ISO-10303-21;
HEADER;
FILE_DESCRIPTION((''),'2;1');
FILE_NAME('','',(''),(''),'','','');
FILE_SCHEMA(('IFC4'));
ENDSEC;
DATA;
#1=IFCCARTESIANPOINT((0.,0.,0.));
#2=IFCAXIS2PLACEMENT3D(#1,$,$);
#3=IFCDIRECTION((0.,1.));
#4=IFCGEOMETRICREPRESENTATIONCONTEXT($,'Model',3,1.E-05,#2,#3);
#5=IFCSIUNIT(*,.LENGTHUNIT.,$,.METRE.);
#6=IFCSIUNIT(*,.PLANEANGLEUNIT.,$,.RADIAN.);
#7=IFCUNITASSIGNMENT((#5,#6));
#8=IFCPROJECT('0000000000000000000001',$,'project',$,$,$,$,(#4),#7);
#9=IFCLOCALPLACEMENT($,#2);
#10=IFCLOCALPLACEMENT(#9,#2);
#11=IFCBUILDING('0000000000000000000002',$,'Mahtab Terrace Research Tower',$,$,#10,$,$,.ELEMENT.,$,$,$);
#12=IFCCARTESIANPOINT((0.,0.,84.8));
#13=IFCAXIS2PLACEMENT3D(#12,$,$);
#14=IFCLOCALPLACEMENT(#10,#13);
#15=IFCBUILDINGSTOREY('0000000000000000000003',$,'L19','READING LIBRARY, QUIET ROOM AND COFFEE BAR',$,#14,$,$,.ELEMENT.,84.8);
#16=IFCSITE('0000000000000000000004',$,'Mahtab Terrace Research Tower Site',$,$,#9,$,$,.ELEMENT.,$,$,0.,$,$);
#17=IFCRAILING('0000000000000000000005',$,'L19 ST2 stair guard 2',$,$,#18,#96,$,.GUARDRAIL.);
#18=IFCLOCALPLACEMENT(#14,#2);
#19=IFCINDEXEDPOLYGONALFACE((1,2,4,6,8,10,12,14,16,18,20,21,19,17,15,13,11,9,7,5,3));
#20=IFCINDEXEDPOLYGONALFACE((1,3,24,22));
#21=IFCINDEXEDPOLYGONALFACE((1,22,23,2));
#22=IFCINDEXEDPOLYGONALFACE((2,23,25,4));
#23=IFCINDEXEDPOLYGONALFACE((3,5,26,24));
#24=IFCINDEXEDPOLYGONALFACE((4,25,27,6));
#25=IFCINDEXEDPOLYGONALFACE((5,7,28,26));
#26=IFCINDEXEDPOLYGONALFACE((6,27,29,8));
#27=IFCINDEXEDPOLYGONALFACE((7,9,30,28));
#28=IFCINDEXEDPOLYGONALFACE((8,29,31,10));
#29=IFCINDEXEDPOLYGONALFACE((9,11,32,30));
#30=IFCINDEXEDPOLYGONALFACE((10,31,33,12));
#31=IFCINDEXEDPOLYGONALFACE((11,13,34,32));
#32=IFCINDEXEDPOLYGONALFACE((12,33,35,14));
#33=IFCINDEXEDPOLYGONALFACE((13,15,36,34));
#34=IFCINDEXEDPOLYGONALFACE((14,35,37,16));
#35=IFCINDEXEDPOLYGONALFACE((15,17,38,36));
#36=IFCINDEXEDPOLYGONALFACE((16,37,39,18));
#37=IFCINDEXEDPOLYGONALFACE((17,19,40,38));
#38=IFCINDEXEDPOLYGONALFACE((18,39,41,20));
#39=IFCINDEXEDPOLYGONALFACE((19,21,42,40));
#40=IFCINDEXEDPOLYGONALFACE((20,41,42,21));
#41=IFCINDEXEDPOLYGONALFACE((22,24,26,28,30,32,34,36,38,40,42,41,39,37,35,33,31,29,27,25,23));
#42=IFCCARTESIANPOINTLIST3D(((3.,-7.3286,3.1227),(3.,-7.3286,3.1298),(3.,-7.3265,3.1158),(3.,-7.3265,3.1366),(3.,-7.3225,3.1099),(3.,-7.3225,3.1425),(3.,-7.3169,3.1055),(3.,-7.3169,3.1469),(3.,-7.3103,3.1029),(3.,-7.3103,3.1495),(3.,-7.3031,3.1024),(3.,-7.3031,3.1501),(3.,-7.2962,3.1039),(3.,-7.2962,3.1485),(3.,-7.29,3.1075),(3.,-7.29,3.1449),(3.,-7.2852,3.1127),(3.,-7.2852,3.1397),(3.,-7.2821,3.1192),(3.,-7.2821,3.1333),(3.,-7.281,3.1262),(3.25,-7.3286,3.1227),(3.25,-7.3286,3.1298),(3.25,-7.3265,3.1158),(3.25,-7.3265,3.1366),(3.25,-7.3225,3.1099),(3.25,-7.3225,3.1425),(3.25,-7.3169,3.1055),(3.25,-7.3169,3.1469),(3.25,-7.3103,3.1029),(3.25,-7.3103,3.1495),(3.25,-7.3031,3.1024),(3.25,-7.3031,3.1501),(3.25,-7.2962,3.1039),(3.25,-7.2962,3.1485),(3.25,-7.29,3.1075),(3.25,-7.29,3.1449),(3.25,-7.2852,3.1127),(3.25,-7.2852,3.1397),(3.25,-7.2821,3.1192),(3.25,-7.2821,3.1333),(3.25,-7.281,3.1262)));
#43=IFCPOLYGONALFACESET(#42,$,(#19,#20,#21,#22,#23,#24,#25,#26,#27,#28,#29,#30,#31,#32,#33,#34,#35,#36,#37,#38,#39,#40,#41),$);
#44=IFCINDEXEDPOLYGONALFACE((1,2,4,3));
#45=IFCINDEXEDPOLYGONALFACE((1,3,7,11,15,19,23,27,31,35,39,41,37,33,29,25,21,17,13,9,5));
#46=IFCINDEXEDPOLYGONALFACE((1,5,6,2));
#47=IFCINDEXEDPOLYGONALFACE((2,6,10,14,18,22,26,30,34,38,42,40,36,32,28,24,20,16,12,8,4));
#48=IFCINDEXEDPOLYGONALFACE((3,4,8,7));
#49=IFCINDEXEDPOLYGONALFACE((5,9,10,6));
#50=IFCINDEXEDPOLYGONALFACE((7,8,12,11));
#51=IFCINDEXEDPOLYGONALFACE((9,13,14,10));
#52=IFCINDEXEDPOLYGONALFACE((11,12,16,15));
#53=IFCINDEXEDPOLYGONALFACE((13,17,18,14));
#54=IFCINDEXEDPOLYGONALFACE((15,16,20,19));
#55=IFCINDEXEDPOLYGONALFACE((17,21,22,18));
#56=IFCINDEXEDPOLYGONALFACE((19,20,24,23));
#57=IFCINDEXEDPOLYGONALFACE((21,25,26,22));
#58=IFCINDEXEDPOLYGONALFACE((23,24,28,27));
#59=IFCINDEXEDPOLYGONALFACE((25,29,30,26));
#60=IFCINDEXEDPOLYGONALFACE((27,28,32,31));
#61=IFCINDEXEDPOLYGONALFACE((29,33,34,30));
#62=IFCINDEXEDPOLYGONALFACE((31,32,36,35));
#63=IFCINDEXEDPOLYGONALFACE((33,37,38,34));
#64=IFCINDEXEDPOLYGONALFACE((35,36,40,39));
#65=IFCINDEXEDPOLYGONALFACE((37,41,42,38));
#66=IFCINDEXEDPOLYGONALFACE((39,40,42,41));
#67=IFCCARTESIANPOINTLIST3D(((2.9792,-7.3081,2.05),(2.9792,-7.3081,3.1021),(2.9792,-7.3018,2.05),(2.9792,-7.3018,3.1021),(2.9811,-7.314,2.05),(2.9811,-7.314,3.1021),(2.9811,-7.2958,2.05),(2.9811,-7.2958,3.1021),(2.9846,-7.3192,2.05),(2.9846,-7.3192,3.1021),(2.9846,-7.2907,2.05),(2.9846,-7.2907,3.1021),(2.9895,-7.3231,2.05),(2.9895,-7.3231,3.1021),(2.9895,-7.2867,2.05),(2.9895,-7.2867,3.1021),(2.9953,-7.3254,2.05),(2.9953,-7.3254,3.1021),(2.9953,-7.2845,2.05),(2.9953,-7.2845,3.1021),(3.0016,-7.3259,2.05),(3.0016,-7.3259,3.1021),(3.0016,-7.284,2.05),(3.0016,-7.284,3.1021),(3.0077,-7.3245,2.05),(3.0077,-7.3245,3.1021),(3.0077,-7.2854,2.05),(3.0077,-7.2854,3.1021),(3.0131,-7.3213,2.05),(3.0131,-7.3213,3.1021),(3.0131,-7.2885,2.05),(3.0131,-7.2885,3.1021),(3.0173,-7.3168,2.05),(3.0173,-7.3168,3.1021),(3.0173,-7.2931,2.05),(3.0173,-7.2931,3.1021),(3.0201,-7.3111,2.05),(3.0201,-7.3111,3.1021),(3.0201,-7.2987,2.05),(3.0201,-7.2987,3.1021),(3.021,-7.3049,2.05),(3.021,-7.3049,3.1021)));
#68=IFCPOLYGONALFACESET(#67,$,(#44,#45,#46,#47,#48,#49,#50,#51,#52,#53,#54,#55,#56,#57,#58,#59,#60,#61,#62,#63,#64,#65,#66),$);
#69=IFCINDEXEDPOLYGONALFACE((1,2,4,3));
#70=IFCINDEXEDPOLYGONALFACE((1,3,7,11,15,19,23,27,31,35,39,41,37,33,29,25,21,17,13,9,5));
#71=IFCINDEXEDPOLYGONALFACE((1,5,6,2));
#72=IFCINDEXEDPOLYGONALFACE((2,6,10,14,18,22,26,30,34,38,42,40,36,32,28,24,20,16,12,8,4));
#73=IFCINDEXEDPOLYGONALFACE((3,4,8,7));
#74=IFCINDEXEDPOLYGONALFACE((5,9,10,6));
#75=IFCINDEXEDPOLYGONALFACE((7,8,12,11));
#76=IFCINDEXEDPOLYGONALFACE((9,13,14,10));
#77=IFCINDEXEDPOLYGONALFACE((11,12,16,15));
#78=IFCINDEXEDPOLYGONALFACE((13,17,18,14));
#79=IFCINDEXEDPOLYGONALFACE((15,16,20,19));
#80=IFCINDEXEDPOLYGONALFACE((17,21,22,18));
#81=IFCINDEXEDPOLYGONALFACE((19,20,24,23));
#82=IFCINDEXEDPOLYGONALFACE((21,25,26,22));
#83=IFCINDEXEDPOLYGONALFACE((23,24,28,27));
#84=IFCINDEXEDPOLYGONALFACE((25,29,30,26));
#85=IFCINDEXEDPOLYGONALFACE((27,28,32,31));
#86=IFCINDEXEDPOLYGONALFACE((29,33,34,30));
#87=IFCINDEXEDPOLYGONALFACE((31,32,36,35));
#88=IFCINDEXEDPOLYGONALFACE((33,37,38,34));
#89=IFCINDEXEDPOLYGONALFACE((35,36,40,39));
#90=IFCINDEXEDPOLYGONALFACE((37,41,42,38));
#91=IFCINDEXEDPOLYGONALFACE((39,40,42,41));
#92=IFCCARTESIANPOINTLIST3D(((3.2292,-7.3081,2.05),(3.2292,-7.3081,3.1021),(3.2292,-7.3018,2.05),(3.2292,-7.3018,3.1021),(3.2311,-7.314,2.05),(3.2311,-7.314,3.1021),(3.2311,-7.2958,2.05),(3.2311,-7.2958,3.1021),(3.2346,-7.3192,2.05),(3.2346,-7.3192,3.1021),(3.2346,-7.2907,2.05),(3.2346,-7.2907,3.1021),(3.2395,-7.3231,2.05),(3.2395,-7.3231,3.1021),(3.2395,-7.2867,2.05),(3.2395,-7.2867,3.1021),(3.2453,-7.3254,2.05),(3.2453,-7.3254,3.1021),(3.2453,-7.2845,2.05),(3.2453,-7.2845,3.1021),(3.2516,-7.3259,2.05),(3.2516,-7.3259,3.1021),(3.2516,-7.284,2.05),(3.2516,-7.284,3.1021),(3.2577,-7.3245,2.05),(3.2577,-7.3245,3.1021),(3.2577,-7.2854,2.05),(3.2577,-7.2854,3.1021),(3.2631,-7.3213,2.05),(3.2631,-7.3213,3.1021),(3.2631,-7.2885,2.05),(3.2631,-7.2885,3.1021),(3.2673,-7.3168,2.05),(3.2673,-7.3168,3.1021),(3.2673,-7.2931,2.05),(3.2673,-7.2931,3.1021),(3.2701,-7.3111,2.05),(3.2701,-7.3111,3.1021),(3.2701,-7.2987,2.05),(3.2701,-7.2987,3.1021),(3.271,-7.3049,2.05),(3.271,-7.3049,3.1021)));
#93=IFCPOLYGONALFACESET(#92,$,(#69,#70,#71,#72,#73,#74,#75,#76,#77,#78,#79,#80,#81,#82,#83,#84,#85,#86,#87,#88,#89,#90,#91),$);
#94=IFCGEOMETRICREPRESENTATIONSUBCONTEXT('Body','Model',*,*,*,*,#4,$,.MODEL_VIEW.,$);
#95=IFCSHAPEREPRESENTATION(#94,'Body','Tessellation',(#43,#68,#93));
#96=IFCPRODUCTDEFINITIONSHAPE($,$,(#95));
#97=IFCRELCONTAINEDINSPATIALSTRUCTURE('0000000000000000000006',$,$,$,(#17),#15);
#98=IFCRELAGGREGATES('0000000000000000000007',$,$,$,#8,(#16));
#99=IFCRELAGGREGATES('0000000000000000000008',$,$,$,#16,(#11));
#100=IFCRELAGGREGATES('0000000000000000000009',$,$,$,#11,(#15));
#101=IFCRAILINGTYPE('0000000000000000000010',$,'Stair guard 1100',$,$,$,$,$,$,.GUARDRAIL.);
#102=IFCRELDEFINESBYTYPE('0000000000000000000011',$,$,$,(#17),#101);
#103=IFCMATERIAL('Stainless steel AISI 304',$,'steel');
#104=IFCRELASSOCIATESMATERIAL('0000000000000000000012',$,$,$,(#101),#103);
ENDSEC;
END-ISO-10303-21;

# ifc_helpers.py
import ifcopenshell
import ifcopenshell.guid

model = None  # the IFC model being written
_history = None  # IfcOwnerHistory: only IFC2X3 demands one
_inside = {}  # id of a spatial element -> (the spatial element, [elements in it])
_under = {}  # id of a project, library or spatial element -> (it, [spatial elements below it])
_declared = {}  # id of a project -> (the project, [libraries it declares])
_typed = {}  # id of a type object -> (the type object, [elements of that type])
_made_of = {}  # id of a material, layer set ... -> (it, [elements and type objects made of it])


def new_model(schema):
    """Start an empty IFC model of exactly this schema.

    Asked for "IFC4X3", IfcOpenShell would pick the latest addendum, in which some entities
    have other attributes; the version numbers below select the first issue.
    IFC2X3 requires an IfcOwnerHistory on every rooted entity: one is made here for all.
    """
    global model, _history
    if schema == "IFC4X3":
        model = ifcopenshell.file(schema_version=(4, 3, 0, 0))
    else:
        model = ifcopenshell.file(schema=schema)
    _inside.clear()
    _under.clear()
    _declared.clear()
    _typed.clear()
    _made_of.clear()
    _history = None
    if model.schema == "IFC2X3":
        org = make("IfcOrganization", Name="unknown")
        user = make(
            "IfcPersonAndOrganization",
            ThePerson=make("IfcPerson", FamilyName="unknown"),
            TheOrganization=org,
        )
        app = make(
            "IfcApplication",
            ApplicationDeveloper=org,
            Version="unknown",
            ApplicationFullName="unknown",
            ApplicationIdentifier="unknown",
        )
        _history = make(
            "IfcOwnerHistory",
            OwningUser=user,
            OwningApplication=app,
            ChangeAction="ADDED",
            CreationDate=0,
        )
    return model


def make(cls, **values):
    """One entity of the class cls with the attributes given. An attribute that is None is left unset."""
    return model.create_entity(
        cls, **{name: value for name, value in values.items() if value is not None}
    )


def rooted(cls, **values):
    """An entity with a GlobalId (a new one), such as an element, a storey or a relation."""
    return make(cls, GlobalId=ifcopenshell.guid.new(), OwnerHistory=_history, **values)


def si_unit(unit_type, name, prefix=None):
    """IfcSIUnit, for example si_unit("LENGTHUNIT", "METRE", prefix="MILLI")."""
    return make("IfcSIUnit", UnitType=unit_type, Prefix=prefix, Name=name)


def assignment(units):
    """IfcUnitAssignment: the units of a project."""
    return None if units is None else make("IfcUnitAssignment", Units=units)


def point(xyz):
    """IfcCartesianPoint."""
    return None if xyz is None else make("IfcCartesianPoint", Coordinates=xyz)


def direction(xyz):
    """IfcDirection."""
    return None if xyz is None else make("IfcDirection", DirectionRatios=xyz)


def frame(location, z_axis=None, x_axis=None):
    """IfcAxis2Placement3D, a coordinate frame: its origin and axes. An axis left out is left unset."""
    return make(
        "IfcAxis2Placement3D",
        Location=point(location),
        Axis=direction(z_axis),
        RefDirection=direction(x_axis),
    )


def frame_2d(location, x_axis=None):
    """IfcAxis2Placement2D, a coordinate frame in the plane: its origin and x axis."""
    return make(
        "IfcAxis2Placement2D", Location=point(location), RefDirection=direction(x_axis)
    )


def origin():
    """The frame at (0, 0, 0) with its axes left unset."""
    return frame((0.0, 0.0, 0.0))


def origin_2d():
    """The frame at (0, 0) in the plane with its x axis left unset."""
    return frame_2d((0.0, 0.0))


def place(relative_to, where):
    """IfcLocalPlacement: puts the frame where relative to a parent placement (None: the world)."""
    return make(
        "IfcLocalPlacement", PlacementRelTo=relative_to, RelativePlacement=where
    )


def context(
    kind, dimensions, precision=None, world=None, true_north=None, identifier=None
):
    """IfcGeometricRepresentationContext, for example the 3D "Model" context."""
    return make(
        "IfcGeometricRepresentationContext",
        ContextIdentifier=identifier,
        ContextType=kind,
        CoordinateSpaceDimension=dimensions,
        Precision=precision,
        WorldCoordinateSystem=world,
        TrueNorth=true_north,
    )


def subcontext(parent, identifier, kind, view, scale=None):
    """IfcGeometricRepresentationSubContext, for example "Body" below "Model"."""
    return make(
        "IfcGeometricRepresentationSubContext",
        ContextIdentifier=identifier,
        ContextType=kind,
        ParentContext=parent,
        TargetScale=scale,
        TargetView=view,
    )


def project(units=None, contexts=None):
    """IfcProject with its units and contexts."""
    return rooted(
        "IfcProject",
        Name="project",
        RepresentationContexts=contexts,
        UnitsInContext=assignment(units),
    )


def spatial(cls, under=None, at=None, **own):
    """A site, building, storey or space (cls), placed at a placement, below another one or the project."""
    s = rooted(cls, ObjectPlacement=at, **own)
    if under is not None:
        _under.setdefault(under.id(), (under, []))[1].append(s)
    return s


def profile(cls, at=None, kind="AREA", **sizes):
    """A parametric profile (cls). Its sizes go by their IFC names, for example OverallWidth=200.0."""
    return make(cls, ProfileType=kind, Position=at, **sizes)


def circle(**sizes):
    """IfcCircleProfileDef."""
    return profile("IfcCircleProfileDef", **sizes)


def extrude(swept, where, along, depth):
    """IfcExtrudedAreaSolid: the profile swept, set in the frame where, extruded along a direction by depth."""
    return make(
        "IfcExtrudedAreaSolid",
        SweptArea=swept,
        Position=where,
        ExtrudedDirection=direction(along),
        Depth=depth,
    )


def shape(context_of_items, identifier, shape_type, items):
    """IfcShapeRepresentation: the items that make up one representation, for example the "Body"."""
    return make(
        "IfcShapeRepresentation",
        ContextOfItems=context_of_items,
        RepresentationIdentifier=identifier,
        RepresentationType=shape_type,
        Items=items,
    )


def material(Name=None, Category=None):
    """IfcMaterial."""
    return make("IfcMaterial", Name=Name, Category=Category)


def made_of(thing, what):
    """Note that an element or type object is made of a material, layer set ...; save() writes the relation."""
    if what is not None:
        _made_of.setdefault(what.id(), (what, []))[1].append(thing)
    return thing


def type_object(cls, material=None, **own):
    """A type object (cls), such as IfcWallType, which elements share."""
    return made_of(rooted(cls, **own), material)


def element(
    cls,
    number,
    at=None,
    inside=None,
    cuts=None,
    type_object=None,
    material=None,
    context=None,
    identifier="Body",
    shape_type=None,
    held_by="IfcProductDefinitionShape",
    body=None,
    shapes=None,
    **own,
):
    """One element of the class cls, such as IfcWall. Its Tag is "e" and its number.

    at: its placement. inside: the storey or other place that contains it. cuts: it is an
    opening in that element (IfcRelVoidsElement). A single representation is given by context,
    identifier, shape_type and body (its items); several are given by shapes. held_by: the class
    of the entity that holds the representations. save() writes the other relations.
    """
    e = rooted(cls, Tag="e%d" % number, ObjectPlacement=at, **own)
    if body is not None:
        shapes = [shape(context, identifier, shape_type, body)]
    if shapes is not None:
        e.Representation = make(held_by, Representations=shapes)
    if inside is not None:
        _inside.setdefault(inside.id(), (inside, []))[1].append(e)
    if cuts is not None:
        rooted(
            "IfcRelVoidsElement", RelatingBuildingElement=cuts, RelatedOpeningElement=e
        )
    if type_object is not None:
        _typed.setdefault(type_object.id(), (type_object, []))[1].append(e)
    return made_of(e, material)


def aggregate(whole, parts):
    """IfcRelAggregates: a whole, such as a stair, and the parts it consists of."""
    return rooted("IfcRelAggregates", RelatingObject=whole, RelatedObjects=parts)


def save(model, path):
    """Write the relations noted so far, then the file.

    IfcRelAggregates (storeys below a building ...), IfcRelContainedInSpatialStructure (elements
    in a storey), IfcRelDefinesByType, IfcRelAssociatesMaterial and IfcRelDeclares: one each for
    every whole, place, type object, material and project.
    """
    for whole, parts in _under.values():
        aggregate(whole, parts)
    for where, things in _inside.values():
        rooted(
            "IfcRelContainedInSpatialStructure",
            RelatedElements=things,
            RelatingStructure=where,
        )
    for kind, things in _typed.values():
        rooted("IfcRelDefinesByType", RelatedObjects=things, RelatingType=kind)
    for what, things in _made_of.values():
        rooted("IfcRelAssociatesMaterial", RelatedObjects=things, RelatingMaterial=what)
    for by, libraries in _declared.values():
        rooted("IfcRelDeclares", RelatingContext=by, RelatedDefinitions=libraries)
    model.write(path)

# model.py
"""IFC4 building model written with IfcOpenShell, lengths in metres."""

from ifc_helpers import new_model, si_unit, direction, frame, origin, origin_2d, place, context, subcontext, project, spatial, circle, extrude, material, type_object, element, save


model = new_model("IFC4")

# Units and contexts
model_context = context("Model", 3, precision=1e-05, world=origin(), true_north=direction((0.0, 1.0)))
body_context = subcontext(model_context, "Body", "Model", "MODEL_VIEW")
ifc_project = project(units=[si_unit("LENGTHUNIT", "METRE"), si_unit("PLANEANGLEUNIT", "RADIAN")], contexts=[model_context])

# Site, building, storey
site_placement = place(None, origin())
site = spatial("IfcSite", under=ifc_project, at=site_placement, Name="Mahtab Terrace Research Tower Site", CompositionType="ELEMENT", RefElevation=0.0)
building_placement = place(site_placement, origin())
building = spatial("IfcBuilding", under=site, at=building_placement, Name="Mahtab Terrace Research Tower", CompositionType="ELEMENT")
storey_placement = place(building_placement, frame((0.0, 0.0, 84.8)))
storey = spatial("IfcBuildingStorey", under=building, at=storey_placement, Name="L19", Description="READING LIBRARY, QUIET ROOM AND COFFEE BAR", CompositionType="ELEMENT", Elevation=84.8)

# Railing
ifc_material_1 = material(Name="Stainless steel AISI 304", Category="steel")
railing_type_1 = type_object("IfcRailingType", Name="Stair guard 1100", PredefinedType="GUARDRAIL", material=ifc_material_1)
railing_1_placement = place(storey_placement, frame((3.0, -7.3049, 2.05)))
element("IfcRailing", 1, at=railing_1_placement, inside=storey, type_object=railing_type_1, Name="L19 ST2 stair guard 2", PredefinedType="GUARDRAIL", context=body_context, shape_type="SweptSolid", body=[
    extrude(circle(Radius=0.0239, at=origin_2d()), frame((0.0, 0.0, 1.0762), z_axis=(1.0, 0.0, 0.0), x_axis=(0.0, 1.0, 0.0)), (0.0, 0.0, 1.0), 0.25),
    extrude(circle(Radius=0.021, at=origin_2d()), origin(), (0.0, 0.0, 1.0), 1.052),
    extrude(circle(Radius=0.021, at=origin_2d()), frame((0.25, 0.0, 0.0)), (0.0, 0.0, 1.0), 1.052),
])

save(model, "model.ifc")
